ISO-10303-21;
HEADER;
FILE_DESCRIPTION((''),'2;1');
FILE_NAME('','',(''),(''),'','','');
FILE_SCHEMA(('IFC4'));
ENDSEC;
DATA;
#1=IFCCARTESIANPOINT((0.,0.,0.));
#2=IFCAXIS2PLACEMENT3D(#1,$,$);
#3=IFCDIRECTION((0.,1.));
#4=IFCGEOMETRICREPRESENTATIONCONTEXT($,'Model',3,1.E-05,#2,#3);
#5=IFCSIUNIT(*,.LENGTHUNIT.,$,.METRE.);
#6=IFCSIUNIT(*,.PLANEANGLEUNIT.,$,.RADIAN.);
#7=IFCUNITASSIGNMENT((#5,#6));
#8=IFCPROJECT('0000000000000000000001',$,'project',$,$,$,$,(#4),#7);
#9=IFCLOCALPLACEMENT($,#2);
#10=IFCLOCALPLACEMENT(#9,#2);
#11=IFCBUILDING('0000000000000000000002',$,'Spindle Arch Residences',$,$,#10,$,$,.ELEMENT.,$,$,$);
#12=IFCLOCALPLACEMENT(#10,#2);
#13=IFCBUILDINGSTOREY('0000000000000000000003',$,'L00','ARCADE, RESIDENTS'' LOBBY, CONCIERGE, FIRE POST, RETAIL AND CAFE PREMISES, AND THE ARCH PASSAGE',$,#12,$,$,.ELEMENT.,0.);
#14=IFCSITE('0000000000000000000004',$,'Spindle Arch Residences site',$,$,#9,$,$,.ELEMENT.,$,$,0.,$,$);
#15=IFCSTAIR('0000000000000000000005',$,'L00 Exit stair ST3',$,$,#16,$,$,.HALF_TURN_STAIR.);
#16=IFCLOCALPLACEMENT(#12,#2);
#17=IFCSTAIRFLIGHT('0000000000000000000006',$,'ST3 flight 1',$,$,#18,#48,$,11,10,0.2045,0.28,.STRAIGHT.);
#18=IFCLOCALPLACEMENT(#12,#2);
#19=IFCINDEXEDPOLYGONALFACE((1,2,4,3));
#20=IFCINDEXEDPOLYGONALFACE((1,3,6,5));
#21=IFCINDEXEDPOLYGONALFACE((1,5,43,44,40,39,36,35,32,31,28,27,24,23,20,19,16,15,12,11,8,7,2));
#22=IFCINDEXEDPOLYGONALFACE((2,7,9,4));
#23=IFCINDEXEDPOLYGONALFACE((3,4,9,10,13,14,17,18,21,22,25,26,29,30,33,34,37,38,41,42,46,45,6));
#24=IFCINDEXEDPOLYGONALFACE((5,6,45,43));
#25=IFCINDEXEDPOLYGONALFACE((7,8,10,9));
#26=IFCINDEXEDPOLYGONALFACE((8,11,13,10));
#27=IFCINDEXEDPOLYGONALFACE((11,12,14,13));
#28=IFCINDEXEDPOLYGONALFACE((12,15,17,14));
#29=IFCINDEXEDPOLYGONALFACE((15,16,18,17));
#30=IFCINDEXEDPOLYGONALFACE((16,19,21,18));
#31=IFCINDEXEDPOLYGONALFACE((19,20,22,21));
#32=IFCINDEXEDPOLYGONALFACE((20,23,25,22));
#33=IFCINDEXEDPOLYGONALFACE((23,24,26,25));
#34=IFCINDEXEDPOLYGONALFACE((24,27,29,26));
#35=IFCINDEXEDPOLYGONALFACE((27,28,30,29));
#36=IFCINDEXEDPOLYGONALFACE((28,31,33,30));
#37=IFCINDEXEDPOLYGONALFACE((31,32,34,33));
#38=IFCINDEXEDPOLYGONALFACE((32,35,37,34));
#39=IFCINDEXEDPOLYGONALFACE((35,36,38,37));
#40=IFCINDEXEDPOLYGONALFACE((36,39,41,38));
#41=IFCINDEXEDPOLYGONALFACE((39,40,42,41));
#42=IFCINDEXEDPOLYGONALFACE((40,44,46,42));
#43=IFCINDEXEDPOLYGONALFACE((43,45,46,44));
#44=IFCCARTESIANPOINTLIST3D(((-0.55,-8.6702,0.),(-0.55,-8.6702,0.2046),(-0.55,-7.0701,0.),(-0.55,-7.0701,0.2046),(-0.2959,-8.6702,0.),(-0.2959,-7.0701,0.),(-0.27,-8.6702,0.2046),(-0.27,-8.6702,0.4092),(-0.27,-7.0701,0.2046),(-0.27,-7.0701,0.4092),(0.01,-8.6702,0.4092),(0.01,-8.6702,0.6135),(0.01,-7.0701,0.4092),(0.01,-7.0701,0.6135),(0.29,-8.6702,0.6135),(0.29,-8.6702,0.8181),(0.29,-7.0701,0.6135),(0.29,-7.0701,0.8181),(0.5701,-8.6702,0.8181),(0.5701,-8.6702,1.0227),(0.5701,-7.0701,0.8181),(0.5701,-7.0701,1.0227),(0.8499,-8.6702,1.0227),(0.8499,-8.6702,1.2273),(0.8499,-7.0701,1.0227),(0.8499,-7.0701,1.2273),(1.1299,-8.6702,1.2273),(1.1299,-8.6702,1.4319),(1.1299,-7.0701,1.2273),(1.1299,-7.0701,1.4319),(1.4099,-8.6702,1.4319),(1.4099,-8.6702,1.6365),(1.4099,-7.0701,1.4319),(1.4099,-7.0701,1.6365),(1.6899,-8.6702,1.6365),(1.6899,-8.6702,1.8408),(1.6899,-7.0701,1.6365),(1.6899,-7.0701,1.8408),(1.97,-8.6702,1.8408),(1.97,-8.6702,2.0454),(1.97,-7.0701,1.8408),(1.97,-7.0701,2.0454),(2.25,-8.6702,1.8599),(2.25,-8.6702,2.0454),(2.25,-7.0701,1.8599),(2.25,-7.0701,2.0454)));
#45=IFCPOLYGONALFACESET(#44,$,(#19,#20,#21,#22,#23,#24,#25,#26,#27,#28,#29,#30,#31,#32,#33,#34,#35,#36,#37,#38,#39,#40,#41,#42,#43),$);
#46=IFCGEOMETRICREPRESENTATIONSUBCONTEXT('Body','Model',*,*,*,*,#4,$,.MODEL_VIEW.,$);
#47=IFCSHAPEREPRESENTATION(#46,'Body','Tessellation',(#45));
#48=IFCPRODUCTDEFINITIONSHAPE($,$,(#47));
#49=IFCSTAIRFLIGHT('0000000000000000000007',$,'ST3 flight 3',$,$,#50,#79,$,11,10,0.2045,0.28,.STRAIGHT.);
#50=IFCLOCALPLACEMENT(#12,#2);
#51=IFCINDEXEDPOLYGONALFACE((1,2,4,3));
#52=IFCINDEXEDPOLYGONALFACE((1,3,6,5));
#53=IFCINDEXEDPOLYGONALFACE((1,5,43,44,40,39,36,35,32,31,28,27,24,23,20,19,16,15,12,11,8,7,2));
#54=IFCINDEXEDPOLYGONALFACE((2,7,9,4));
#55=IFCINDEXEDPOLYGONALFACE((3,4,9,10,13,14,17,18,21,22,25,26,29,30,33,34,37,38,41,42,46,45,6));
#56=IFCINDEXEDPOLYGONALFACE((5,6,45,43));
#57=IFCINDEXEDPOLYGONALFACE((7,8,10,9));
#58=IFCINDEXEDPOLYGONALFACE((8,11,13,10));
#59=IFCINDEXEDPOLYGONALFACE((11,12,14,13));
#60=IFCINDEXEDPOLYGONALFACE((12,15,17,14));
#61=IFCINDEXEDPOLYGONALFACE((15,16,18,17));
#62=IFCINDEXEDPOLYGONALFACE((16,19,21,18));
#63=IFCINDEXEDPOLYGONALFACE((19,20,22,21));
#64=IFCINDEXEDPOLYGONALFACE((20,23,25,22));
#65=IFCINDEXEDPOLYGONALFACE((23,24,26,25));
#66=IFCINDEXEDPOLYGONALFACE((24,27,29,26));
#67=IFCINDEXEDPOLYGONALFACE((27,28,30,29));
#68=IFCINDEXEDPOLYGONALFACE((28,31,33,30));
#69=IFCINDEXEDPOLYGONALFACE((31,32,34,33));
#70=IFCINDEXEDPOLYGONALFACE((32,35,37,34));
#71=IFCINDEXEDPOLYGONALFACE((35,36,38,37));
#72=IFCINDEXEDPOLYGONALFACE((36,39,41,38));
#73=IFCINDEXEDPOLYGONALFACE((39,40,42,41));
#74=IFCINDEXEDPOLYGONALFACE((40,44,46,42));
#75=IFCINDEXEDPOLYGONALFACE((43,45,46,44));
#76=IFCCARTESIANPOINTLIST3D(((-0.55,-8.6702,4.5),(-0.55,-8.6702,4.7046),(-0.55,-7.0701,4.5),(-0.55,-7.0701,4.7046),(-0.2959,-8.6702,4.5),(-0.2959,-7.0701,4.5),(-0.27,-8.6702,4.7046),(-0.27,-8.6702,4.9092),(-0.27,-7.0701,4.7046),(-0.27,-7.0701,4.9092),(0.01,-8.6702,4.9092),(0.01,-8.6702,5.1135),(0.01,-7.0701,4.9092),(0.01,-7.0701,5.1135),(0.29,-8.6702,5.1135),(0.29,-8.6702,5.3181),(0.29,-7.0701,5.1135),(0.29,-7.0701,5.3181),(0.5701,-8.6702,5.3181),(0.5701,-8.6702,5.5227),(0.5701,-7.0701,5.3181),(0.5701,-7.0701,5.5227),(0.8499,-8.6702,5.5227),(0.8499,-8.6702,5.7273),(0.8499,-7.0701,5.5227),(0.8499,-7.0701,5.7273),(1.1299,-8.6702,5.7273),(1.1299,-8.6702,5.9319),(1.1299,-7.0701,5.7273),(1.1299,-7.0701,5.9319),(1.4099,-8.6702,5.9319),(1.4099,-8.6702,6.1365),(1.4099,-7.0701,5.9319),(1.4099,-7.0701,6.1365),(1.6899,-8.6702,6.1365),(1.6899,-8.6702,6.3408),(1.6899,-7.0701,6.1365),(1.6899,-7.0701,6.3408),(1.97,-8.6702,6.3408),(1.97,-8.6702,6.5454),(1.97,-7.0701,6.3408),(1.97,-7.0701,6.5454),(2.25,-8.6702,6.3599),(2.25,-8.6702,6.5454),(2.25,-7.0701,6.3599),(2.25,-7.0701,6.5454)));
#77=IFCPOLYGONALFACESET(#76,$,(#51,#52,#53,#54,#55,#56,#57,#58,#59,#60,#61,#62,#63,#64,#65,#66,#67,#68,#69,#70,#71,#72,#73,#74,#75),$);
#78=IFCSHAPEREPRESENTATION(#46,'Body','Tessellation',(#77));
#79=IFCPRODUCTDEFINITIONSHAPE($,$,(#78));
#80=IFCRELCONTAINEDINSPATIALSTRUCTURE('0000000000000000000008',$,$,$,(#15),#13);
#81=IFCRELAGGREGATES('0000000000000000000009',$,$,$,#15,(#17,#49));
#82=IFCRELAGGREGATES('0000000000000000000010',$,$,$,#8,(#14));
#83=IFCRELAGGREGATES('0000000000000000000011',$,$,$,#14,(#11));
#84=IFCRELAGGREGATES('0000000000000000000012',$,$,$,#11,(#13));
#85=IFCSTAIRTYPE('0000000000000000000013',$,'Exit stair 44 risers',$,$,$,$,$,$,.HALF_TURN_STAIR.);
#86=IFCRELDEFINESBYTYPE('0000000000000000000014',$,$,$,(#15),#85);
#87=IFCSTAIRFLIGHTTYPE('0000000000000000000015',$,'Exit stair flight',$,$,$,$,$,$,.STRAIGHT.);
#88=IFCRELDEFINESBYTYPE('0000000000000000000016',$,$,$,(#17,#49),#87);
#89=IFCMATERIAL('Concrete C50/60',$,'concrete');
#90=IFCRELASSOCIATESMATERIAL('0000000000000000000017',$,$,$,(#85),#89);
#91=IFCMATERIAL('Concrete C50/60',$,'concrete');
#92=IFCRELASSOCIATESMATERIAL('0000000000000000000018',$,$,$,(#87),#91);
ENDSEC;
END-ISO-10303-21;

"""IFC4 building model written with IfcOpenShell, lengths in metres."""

from ifc_helpers import new_model, si_unit, direction, frame, origin, place, context, subcontext, project, spatial, polyline, outline, extrude, material, type_object, element, aggregate, save


model = new_model("IFC4")

# Units and contexts
model_context = context("Model", 3, precision=1e-05, world=origin(), true_north=direction((0.0, 1.0)))
body_context = subcontext(model_context, "Body", "Model", "MODEL_VIEW")
ifc_project = project(units=[si_unit("LENGTHUNIT", "METRE"), si_unit("PLANEANGLEUNIT", "RADIAN")], contexts=[model_context])

# Site, building, storey
site_placement = place(None, origin())
site = spatial("IfcSite", under=ifc_project, at=site_placement, Name="Spindle Arch Residences site", CompositionType="ELEMENT", RefElevation=0.0)
building_placement = place(site_placement, origin())
building = spatial("IfcBuilding", under=site, at=building_placement, Name="Spindle Arch Residences", CompositionType="ELEMENT")
storey_placement = place(building_placement, origin())
storey = spatial("IfcBuildingStorey", under=building, at=storey_placement, Name="L00", Description="ARCADE, RESIDENTS' LOBBY, CONCIERGE, FIRE POST, RETAIL AND CAFE PREMISES, AND THE ARCH PASSAGE", CompositionType="ELEMENT", Elevation=0.0)

# Shared definitions
ifc_material_1 = material(Name="Concrete C50/60", Category="concrete")
stair_type = type_object("IfcStairType", Name="Exit stair 44 risers", PredefinedType="HALF_TURN_STAIR", material=ifc_material_1)

# Stair, stair flights
stair_1_placement = place(storey_placement, origin())
stair_1 = element("IfcStair", 1, at=stair_1_placement, inside=storey, type_object=stair_type, Name="L00 Exit stair ST3", PredefinedType="HALF_TURN_STAIR")
ifc_material_2 = material(Name="Concrete C50/60", Category="concrete")
stair_flight_type = type_object("IfcStairFlightType", Name="Exit stair flight", PredefinedType="STRAIGHT", material=ifc_material_2)
stair_flight_1_placement = place(storey_placement, frame((-0.55, -7.8701, 0.0), z_axis=(0.0, 0.0, 1.0), x_axis=(1.0, 0.0, 0.0)))
stair_flight_1 = element("IfcStairFlight", 2, at=stair_flight_1_placement, type_object=stair_flight_type, Name="ST3 flight 1", NumberOfRisers=11, NumberOfTreads=10, PredefinedType="STRAIGHT", RiserHeight=0.2045, TreadLength=0.28, context=body_context, shape_type="SweptSolid", body=[
    extrude(outline(polyline([(0.0, 0.0), (0.0, 0.2046), (0.28, 0.2046), (0.28, 0.4092), (0.5601, 0.4092), (0.5601, 0.6135), (0.8401, 0.6135), (0.8401, 0.8181), (1.1201, 0.8181), (1.1201, 1.0227), (1.3999, 1.0227), (1.3999, 1.2273), (1.6799, 1.2273), (1.6799, 1.4319), (1.96, 1.4319), (1.96, 1.6365), (2.24, 1.6365), (2.24, 1.8408), (2.52, 1.8408), (2.52, 2.0454), (2.8, 2.0454), (2.8, 2.25), (2.8, 1.8599), (0.2542, 0.0), (0.0, 0.0)])), frame((0.0, 0.8, 0.0), z_axis=(0.0, -1.0, 0.0), x_axis=(1.0, 0.0, 0.0)), (0.0, 0.0, 1.0), 1.6001),
])
stair_flight_2_placement = place(storey_placement, frame((-0.55, -7.8701, 4.5), z_axis=(0.0, 0.0, 1.0), x_axis=(1.0, 0.0, 0.0)))
stair_flight_2 = element("IfcStairFlight", 3, at=stair_flight_2_placement, type_object=stair_flight_type, Name="ST3 flight 3", NumberOfRisers=11, NumberOfTreads=10, PredefinedType="STRAIGHT", RiserHeight=0.2045, TreadLength=0.28, context=body_context, shape_type="SweptSolid", body=[
    extrude(outline(polyline([(0.0, 0.0), (0.0, 0.2046), (0.28, 0.2046), (0.28, 0.4092), (0.5601, 0.4092), (0.5601, 0.6135), (0.8401, 0.6135), (0.8401, 0.8181), (1.1201, 0.8181), (1.1201, 1.0227), (1.3999, 1.0227), (1.3999, 1.2273), (1.6799, 1.2273), (1.6799, 1.4319), (1.96, 1.4319), (1.96, 1.6365), (2.24, 1.6365), (2.24, 1.8408), (2.52, 1.8408), (2.52, 2.0454), (2.8, 2.0454), (2.8, 2.25), (2.8, 1.8599), (0.2542, 0.0), (0.0, 0.0)])), frame((0.0, 0.8, 0.0), z_axis=(0.0, -1.0, 0.0), x_axis=(1.0, 0.0, 0.0)), (0.0, 0.0, 1.0), 1.6001),
])
aggregate(stair_1, [stair_flight_1, stair_flight_2])

save(model, "model.ifc")
